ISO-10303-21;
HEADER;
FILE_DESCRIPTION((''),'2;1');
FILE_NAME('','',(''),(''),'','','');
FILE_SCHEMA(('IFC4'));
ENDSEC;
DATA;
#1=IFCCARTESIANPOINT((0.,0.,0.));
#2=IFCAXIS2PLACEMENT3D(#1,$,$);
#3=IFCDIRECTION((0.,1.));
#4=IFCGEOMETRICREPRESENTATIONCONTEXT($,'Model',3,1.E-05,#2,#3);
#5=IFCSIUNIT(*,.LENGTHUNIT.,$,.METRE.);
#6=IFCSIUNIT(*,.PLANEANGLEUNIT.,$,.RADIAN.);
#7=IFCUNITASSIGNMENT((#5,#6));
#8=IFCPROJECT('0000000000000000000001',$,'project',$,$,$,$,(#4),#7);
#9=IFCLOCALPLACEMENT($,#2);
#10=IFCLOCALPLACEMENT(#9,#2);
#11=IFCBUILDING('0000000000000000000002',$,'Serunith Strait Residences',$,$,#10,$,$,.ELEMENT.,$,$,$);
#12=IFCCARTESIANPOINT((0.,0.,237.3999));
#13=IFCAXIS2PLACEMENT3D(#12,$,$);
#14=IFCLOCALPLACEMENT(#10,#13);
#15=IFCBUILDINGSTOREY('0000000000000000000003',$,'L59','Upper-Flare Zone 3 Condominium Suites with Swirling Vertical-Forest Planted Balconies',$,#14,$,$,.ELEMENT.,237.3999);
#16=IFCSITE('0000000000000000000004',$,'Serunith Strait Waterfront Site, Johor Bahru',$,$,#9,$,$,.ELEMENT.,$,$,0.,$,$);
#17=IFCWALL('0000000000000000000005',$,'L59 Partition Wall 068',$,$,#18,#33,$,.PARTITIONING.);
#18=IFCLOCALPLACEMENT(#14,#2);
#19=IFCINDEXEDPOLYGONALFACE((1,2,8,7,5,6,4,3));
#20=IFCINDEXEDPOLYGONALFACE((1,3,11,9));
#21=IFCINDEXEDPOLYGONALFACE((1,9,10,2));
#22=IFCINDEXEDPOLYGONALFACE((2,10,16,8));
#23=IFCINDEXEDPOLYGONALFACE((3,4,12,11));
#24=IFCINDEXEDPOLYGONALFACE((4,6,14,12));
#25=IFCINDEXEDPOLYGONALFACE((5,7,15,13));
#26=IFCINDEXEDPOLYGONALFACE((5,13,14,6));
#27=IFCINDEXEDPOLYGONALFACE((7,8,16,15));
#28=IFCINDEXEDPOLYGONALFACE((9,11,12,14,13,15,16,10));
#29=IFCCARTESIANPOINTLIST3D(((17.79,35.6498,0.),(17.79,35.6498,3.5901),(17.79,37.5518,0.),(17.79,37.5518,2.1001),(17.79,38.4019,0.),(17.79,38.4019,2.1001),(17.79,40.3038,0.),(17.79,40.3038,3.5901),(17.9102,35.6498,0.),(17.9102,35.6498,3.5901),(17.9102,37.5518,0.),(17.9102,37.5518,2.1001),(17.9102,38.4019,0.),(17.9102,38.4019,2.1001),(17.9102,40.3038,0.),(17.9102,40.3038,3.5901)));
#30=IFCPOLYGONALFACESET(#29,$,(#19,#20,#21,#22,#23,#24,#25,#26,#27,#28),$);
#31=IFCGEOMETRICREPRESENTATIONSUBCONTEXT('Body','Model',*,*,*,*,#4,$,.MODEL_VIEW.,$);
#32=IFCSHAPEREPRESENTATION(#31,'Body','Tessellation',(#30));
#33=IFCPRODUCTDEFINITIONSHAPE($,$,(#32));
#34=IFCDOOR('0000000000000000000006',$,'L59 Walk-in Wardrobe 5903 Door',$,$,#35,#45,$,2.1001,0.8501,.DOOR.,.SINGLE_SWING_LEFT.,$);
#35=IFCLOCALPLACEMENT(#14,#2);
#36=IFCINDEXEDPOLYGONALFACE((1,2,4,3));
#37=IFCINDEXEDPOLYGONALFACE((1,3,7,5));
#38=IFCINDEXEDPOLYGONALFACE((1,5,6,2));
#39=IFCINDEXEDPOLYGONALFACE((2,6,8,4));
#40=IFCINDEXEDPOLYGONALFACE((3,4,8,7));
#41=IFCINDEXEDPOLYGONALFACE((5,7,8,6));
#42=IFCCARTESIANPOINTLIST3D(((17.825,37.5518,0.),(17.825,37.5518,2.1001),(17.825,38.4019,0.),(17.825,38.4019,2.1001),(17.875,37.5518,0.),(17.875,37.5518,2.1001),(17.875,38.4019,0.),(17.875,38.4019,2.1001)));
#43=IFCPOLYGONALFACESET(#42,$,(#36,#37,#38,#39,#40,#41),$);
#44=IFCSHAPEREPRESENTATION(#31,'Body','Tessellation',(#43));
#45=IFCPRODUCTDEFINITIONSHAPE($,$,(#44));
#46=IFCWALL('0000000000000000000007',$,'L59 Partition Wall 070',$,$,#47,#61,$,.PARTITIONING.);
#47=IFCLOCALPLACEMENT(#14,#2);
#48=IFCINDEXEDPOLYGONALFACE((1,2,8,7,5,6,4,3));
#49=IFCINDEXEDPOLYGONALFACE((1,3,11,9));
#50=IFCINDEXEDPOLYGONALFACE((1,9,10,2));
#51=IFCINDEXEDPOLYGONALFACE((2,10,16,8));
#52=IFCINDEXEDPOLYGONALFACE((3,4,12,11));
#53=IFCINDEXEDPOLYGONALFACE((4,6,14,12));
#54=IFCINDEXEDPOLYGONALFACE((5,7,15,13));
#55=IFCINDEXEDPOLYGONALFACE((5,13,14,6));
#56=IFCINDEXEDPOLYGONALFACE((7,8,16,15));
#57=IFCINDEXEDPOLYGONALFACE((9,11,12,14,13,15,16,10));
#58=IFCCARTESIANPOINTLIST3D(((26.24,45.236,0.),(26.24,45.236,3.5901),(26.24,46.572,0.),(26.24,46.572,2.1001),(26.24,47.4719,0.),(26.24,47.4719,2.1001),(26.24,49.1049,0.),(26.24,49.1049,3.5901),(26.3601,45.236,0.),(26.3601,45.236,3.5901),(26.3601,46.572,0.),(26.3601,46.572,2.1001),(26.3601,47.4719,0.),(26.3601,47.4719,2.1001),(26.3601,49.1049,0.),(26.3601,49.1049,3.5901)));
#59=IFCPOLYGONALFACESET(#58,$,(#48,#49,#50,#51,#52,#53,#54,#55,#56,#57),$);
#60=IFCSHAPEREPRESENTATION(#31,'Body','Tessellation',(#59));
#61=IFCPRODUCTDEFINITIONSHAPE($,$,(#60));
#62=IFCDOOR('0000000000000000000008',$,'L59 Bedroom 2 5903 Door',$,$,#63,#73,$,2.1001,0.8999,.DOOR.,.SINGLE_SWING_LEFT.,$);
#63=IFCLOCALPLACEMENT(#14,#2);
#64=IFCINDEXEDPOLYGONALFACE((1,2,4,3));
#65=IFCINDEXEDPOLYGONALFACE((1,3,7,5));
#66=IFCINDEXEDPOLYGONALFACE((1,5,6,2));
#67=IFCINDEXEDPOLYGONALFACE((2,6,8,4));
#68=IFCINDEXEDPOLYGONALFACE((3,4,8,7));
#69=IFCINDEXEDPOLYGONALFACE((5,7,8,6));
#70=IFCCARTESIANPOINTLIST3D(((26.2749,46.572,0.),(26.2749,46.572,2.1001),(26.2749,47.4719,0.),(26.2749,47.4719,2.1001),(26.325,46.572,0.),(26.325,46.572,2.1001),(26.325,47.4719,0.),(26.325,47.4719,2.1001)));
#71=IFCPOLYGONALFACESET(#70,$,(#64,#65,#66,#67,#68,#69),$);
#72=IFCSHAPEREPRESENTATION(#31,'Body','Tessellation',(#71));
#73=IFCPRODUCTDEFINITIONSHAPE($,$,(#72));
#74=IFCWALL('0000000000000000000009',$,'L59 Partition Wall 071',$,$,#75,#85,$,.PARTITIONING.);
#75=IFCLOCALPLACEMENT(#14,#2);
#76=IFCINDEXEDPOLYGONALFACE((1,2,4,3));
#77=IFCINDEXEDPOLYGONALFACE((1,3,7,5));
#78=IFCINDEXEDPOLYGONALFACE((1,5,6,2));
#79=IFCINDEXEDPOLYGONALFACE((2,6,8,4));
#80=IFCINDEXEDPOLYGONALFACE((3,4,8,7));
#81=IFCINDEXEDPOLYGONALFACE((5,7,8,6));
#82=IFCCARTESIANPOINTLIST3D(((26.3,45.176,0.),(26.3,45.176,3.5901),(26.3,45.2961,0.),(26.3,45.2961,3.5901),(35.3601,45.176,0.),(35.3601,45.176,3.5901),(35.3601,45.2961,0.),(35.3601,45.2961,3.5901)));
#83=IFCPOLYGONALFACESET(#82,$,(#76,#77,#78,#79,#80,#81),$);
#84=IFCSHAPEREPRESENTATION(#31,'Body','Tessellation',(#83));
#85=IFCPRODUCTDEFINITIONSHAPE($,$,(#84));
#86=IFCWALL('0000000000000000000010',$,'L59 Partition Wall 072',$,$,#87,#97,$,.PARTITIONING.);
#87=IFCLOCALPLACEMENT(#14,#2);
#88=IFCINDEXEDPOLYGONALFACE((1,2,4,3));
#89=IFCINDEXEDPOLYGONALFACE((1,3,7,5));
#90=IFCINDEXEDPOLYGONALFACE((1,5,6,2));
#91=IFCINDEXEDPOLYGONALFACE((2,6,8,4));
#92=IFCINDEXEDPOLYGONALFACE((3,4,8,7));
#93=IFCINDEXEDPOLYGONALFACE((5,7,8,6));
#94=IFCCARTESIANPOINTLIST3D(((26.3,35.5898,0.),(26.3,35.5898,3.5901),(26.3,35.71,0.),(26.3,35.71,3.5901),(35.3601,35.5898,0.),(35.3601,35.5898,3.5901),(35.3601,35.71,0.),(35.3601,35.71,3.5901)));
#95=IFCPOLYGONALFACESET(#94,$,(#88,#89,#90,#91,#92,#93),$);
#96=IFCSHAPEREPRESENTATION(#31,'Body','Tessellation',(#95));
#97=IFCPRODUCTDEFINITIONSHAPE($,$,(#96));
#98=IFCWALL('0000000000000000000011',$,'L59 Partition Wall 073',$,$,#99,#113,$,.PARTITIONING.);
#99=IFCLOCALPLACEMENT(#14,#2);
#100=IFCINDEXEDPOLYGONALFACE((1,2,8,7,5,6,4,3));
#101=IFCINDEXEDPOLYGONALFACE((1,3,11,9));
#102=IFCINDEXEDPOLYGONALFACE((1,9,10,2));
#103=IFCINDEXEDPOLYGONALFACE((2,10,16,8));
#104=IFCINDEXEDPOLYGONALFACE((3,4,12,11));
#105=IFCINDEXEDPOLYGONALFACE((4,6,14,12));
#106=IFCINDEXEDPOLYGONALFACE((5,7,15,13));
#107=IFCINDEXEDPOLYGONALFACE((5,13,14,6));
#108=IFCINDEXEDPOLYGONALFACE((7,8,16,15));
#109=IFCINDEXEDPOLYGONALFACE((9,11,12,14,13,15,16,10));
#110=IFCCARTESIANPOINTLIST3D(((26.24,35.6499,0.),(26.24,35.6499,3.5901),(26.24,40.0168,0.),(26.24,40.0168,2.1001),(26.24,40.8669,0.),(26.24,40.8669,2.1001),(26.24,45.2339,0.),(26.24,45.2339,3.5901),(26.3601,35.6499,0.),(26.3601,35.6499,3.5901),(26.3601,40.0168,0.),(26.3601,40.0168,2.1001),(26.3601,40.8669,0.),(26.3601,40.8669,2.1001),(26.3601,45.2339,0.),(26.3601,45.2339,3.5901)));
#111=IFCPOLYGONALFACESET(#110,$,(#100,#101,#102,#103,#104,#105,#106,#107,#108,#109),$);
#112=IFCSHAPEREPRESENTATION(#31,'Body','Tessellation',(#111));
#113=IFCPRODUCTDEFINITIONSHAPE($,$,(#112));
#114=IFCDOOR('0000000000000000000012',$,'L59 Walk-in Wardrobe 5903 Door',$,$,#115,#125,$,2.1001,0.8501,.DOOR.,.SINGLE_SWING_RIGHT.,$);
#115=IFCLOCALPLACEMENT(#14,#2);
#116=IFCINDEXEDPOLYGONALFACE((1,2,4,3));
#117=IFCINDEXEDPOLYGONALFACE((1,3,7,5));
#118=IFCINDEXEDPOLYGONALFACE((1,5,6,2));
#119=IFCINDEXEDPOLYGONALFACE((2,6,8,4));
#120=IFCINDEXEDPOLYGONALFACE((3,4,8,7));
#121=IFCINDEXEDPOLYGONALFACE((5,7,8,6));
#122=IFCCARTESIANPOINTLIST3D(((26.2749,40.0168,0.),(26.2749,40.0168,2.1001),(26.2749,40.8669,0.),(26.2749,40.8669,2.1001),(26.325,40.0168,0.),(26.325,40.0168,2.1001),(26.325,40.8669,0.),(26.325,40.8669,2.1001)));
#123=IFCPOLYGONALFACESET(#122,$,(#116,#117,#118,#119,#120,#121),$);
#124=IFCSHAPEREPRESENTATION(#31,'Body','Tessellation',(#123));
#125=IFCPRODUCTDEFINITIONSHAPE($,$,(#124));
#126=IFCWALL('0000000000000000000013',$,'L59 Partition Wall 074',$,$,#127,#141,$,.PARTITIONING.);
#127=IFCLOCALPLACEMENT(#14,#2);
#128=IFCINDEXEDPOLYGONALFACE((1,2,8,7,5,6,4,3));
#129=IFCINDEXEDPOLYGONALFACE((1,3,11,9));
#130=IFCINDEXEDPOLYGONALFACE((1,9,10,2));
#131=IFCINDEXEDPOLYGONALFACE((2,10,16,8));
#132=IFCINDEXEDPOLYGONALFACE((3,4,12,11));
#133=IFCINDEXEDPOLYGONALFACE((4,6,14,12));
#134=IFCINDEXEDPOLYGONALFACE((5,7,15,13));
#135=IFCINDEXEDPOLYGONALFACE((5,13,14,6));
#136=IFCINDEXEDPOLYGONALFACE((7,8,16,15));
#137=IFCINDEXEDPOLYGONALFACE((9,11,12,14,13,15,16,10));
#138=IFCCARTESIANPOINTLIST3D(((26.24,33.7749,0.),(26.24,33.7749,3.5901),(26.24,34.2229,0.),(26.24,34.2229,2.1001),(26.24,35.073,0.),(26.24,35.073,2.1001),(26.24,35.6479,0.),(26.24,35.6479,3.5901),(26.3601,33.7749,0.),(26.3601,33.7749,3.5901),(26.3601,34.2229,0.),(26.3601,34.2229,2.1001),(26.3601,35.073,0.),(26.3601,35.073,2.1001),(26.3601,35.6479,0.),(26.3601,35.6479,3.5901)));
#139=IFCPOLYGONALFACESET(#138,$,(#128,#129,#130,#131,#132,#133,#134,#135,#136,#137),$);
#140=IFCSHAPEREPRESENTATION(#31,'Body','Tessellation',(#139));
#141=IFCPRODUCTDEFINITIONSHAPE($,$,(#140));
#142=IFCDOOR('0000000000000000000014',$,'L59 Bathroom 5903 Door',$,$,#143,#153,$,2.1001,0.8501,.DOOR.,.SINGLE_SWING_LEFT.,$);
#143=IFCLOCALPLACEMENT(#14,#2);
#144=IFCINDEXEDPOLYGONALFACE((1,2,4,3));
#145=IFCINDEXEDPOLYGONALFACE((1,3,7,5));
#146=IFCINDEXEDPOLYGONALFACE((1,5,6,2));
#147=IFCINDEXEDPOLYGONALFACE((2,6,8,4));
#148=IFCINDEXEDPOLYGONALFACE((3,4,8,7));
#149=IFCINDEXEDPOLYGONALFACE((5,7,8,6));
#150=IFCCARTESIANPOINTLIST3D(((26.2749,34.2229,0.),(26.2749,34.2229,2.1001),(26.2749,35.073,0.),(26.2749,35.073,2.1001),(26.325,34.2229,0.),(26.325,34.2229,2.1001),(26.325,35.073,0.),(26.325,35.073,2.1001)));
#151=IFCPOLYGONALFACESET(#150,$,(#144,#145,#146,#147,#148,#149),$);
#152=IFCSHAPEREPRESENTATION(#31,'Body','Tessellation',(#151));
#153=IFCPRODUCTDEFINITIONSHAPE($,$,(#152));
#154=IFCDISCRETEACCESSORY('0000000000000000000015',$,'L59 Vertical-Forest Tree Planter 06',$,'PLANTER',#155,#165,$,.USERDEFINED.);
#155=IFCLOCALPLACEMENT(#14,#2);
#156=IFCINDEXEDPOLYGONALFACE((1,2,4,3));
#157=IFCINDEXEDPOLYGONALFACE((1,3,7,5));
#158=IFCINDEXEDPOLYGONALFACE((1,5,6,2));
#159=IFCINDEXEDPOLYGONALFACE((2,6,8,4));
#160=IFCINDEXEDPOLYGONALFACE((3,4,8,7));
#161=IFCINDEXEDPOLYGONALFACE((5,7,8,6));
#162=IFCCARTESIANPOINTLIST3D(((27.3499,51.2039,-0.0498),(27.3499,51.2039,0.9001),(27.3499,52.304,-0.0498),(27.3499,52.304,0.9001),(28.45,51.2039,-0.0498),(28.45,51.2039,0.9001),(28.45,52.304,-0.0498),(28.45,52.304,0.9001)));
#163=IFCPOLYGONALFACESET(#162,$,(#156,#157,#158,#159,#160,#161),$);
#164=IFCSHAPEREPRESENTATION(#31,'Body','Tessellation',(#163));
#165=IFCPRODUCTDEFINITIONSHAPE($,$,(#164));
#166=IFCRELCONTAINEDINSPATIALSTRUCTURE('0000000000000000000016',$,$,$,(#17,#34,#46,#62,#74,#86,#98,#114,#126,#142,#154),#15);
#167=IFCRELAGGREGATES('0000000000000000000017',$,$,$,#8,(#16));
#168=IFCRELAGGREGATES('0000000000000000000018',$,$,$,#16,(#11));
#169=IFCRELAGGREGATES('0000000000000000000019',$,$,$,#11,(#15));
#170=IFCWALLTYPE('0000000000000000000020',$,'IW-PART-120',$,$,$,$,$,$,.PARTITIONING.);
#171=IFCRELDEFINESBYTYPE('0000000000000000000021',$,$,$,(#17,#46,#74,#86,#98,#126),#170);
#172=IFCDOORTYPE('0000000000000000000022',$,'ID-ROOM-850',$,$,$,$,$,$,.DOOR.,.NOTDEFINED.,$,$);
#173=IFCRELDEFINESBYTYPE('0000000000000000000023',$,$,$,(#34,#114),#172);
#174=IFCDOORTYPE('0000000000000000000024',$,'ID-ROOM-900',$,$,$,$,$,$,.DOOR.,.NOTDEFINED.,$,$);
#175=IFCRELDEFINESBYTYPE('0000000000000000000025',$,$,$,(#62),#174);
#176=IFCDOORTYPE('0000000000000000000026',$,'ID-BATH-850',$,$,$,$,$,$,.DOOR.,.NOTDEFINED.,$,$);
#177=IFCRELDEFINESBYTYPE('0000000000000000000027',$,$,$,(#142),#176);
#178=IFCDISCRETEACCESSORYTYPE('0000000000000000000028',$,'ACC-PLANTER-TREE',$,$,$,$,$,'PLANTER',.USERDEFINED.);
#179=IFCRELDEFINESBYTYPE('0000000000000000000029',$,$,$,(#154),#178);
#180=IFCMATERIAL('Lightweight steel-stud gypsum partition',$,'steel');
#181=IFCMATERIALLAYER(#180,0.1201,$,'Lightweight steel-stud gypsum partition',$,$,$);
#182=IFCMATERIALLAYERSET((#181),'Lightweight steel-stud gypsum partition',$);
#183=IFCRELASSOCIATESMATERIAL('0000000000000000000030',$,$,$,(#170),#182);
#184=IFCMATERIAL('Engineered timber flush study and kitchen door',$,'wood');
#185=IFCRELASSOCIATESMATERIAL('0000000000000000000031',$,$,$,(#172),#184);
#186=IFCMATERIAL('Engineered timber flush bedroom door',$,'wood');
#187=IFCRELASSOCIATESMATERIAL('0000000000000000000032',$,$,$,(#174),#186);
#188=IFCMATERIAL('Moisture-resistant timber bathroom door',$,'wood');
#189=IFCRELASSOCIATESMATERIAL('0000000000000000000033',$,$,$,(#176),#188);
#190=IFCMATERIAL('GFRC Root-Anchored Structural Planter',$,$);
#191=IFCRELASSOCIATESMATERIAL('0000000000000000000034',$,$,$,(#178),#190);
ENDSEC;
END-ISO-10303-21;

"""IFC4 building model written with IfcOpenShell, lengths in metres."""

from ifc_helpers import new_model, si_unit, direction, frame, frame_2d, origin, origin_2d, place, context, subcontext, project, spatial, rectangle, extrude, source, transform, mapped, material, layer, layer_set, type_object, element, fill, save


model = new_model("IFC4")

# Units and contexts
model_context = context("Model", 3, precision=1e-05, world=origin(), true_north=direction((0.0, 1.0)))
body_context = subcontext(model_context, "Body", "Model", "MODEL_VIEW")
ifc_project = project(units=[si_unit("LENGTHUNIT", "METRE"), si_unit("PLANEANGLEUNIT", "RADIAN")], contexts=[model_context])

# Site, building, storey
site_placement = place(None, origin())
site = spatial("IfcSite", under=ifc_project, at=site_placement, Name="Serunith Strait Waterfront Site, Johor Bahru", CompositionType="ELEMENT", RefElevation=0.0)
building_placement = place(site_placement, origin())
building = spatial("IfcBuilding", under=site, at=building_placement, Name="Serunith Strait Residences", CompositionType="ELEMENT")
storey_placement = place(building_placement, frame((0.0, 0.0, 237.3999)))
storey = spatial("IfcBuildingStorey", under=building, at=storey_placement, Name="L59", Description="Upper-Flare Zone 3 Condominium Suites with Swirling Vertical-Forest Planted Balconies", CompositionType="ELEMENT", Elevation=237.3999)

# Shared definitions
ifc_material_1 = material(Name="Lightweight steel-stud gypsum partition", Category="steel")
ifc_layer_1 = layer(ifc_material_1, 0.1201, Name="Lightweight steel-stud gypsum partition")
ifc_layer_set_1 = layer_set([ifc_layer_1], Name="Lightweight steel-stud gypsum partition")
wall_type = type_object("IfcWallType", Name="IW-PART-120", PredefinedType="PARTITIONING", material=ifc_layer_set_1)
ifc_material_2 = material(Name="Engineered timber flush study and kitchen door", Category="wood")
door_type_1 = type_object("IfcDoorType", Name="ID-ROOM-850", OperationType="NOTDEFINED", PredefinedType="DOOR", material=ifc_material_2)
shared_shape_1 = source(origin(), body_context, "Body", "SweptSolid", [
    extrude(rectangle(XDim=0.8501, YDim=2.1001, at=frame_2d((0.425, 1.05))), frame((0.0, 0.0249, 0.0), z_axis=(0.0, -1.0, 0.0), x_axis=(1.0, 0.0, 0.0)), (0.0, 0.0, 1.0), 0.05),
])

# Walls, openings, doors
ifc_material_3 = material(Name="Engineered timber flush bedroom door", Category="wood")
door_type_2 = type_object("IfcDoorType", Name="ID-ROOM-900", OperationType="NOTDEFINED", PredefinedType="DOOR", material=ifc_material_3)
shared_shape_2 = source(origin(), body_context, "Body", "SweptSolid", [
    extrude(rectangle(XDim=0.8999, YDim=2.1001, at=frame_2d((0.45, 1.05))), frame((0.0, 0.0249, 0.0), z_axis=(0.0, -1.0, 0.0), x_axis=(1.0, 0.0, 0.0)), (0.0, 0.0, 1.0), 0.05),
])
wall_1_placement = place(storey_placement, frame((17.8501, 40.304, 0.0), z_axis=(0.0, 0.0, 1.0), x_axis=(0.0, -1.0, 0.0)))
wall_1 = element("IfcWall", 1, at=wall_1_placement, inside=storey, type_object=wall_type, Name="L59 Partition Wall 068", PredefinedType="PARTITIONING", context=body_context, shape_type="SweptSolid", body=[
    extrude(rectangle(XDim=4.6541, YDim=0.1201, at=frame_2d((2.3271, 0.0))), origin(), (0.0, 0.0, 1.0), 3.5901),
])
opening_1_placement = place(wall_1_placement, frame((1.9021, 0.0, 0.0)))
opening_1 = element("IfcOpeningElement", 2, at=opening_1_placement, cuts=wall_1, PredefinedType="OPENING", context=body_context, shape_type="SweptSolid", body=[
    extrude(rectangle(XDim=0.8501, YDim=2.1001, at=frame_2d((0.425, 1.05))), frame((0.0, 0.0701, 0.0), z_axis=(0.0, -1.0, 0.0), x_axis=(1.0, 0.0, 0.0)), (0.0, 0.0, 1.0), 0.1401),
])
door_1_placement = place(opening_1_placement, origin())
door_1 = element("IfcDoor", 3, at=door_1_placement, inside=storey, type_object=door_type_1, Name="L59 Walk-in Wardrobe 5903 Door", OperationType="SINGLE_SWING_LEFT", OverallHeight=2.1001, OverallWidth=0.8501, PredefinedType="DOOR", context=body_context, shape_type="MappedRepresentation", body=[
    mapped(shared_shape_1, transform((0.0, 0.0, 0.0), scale=1.0)),
])
fill(opening_1, door_1)
wall_2_placement = place(storey_placement, frame((26.3, 49.105, 0.0), z_axis=(0.0, 0.0, 1.0), x_axis=(0.0, -1.0, 0.0)))
wall_2 = element("IfcWall", 4, at=wall_2_placement, inside=storey, type_object=wall_type, Name="L59 Partition Wall 070", PredefinedType="PARTITIONING", context=body_context, shape_type="SweptSolid", body=[
    extrude(rectangle(XDim=3.8689, YDim=0.1201, at=frame_2d((1.9346, 0.0))), origin(), (0.0, 0.0, 1.0), 3.5901),
])
opening_2_placement = place(wall_2_placement, frame((1.6331, 0.0, 0.0)))
opening_2 = element("IfcOpeningElement", 5, at=opening_2_placement, cuts=wall_2, PredefinedType="OPENING", context=body_context, shape_type="SweptSolid", body=[
    extrude(rectangle(XDim=0.8999, YDim=2.1001, at=frame_2d((0.45, 1.05))), frame((0.0, 0.0701, 0.0), z_axis=(0.0, -1.0, 0.0), x_axis=(1.0, 0.0, 0.0)), (0.0, 0.0, 1.0), 0.1401),
])
door_2_placement = place(opening_2_placement, origin())
door_2 = element("IfcDoor", 6, at=door_2_placement, inside=storey, type_object=door_type_2, Name="L59 Bedroom 2 5903 Door", OperationType="SINGLE_SWING_LEFT", OverallHeight=2.1001, OverallWidth=0.8999, PredefinedType="DOOR", context=body_context, shape_type="MappedRepresentation", body=[
    mapped(shared_shape_2, transform((0.0, 0.0, 0.0), scale=1.0)),
])
fill(opening_2, door_2)

# Walls
for number, where, z_axis, x_axis, name in (
    (7, (26.3, 45.2361, 0.0), (0.0, 0.0, 1.0), (1.0, 0.0, 0.0), "L59 Partition Wall 071"),
    (8, (26.3, 35.6499, 0.0), (0.0, 0.0, 1.0), (1.0, 0.0, 0.0), "L59 Partition Wall 072"),
):
    element("IfcWall", number, at=place(storey_placement, frame(where, z_axis=z_axis, x_axis=x_axis)), inside=storey, type_object=wall_type, Name=name, PredefinedType="PARTITIONING", context=body_context, shape_type="SweptSolid", body=[
        extrude(rectangle(XDim=9.0601, YDim=0.1201, at=frame_2d((4.53, 0.0))), origin(), (0.0, 0.0, 1.0), 3.5901),
    ])

# Walls, openings, doors
wall_3_placement = place(storey_placement, frame((26.3, 45.2339, 0.0), z_axis=(0.0, 0.0, 1.0), x_axis=(0.0, -1.0, 0.0)))
wall_3 = element("IfcWall", 9, at=wall_3_placement, inside=storey, type_object=wall_type, Name="L59 Partition Wall 073", PredefinedType="PARTITIONING", context=body_context, shape_type="SweptSolid", body=[
    extrude(rectangle(XDim=9.584, YDim=0.1201, at=frame_2d((4.792, 0.0))), origin(), (0.0, 0.0, 1.0), 3.5901),
])
opening_3_placement = place(wall_3_placement, frame((4.3669, 0.0, 0.0)))
opening_3 = element("IfcOpeningElement", 10, at=opening_3_placement, cuts=wall_3, PredefinedType="OPENING", context=body_context, shape_type="SweptSolid", body=[
    extrude(rectangle(XDim=0.8501, YDim=2.1001, at=frame_2d((0.425, 1.05))), frame((0.0, 0.0701, 0.0), z_axis=(0.0, -1.0, 0.0), x_axis=(1.0, 0.0, 0.0)), (0.0, 0.0, 1.0), 0.1401),
])
door_3_placement = place(opening_3_placement, origin())
door_3 = element("IfcDoor", 11, at=door_3_placement, inside=storey, type_object=door_type_1, Name="L59 Walk-in Wardrobe 5903 Door", OperationType="SINGLE_SWING_RIGHT", OverallHeight=2.1001, OverallWidth=0.8501, PredefinedType="DOOR", context=body_context, shape_type="MappedRepresentation", body=[
    mapped(shared_shape_1, transform((0.0, 0.0, 0.0), scale=1.0)),
])
fill(opening_3, door_3)
wall_4_placement = place(storey_placement, frame((26.3, 35.6479, 0.0), z_axis=(0.0, 0.0, 1.0), x_axis=(0.0, -1.0, 0.0)))
wall_4 = element("IfcWall", 12, at=wall_4_placement, inside=storey, type_object=wall_type, Name="L59 Partition Wall 074", PredefinedType="PARTITIONING", context=body_context, shape_type="SweptSolid", body=[
    extrude(rectangle(XDim=1.873, YDim=0.1201, at=frame_2d((0.9365, 0.0))), origin(), (0.0, 0.0, 1.0), 3.5901),
])
opening_4_placement = place(wall_4_placement, frame((0.575, 0.0, 0.0)))
opening_4 = element("IfcOpeningElement", 13, at=opening_4_placement, cuts=wall_4, PredefinedType="OPENING", context=body_context, shape_type="SweptSolid", body=[
    extrude(rectangle(XDim=0.8501, YDim=2.1001, at=frame_2d((0.425, 1.05))), frame((0.0, 0.0701, 0.0), z_axis=(0.0, -1.0, 0.0), x_axis=(1.0, 0.0, 0.0)), (0.0, 0.0, 1.0), 0.1401),
])
ifc_material_4 = material(Name="Moisture-resistant timber bathroom door", Category="wood")
door_type_3 = type_object("IfcDoorType", Name="ID-BATH-850", OperationType="NOTDEFINED", PredefinedType="DOOR", material=ifc_material_4)
door_4_placement = place(opening_4_placement, origin())
door_4 = element("IfcDoor", 14, at=door_4_placement, inside=storey, type_object=door_type_3, Name="L59 Bathroom 5903 Door", OperationType="SINGLE_SWING_LEFT", OverallHeight=2.1001, OverallWidth=0.8501, PredefinedType="DOOR", context=body_context, shape_type="MappedRepresentation", body=[
    mapped(shared_shape_1, transform((0.0, 0.0, 0.0), scale=1.0)),
])
fill(opening_4, door_4)

# Discrete accessory
ifc_material_5 = material(Name="GFRC Root-Anchored Structural Planter")
discrete_accessory_type = type_object("IfcDiscreteAccessoryType", Name="ACC-PLANTER-TREE", ElementType="PLANTER", PredefinedType="USERDEFINED", material=ifc_material_5)
shared_shape_3 = source(origin(), body_context, "Body", "SweptSolid", [
    extrude(rectangle(XDim=1.1001, YDim=1.1001, at=origin_2d()), origin(), (0.0, 0.0, 1.0), 0.95),
])
discrete_accessory_placement = place(storey_placement, frame((27.8999, 51.7539, -0.0498), z_axis=(0.0, 0.0, 1.0), x_axis=(-1.0, 0.0, 0.0)))
element("IfcDiscreteAccessory", 15, at=discrete_accessory_placement, inside=storey, type_object=discrete_accessory_type, Name="L59 Vertical-Forest Tree Planter 06", ObjectType="PLANTER", PredefinedType="USERDEFINED", context=body_context, shape_type="MappedRepresentation", body=[
    mapped(shared_shape_3, transform((0.0, 0.0, 0.0), scale=1.0)),
])

save(model, "model.ifc")
